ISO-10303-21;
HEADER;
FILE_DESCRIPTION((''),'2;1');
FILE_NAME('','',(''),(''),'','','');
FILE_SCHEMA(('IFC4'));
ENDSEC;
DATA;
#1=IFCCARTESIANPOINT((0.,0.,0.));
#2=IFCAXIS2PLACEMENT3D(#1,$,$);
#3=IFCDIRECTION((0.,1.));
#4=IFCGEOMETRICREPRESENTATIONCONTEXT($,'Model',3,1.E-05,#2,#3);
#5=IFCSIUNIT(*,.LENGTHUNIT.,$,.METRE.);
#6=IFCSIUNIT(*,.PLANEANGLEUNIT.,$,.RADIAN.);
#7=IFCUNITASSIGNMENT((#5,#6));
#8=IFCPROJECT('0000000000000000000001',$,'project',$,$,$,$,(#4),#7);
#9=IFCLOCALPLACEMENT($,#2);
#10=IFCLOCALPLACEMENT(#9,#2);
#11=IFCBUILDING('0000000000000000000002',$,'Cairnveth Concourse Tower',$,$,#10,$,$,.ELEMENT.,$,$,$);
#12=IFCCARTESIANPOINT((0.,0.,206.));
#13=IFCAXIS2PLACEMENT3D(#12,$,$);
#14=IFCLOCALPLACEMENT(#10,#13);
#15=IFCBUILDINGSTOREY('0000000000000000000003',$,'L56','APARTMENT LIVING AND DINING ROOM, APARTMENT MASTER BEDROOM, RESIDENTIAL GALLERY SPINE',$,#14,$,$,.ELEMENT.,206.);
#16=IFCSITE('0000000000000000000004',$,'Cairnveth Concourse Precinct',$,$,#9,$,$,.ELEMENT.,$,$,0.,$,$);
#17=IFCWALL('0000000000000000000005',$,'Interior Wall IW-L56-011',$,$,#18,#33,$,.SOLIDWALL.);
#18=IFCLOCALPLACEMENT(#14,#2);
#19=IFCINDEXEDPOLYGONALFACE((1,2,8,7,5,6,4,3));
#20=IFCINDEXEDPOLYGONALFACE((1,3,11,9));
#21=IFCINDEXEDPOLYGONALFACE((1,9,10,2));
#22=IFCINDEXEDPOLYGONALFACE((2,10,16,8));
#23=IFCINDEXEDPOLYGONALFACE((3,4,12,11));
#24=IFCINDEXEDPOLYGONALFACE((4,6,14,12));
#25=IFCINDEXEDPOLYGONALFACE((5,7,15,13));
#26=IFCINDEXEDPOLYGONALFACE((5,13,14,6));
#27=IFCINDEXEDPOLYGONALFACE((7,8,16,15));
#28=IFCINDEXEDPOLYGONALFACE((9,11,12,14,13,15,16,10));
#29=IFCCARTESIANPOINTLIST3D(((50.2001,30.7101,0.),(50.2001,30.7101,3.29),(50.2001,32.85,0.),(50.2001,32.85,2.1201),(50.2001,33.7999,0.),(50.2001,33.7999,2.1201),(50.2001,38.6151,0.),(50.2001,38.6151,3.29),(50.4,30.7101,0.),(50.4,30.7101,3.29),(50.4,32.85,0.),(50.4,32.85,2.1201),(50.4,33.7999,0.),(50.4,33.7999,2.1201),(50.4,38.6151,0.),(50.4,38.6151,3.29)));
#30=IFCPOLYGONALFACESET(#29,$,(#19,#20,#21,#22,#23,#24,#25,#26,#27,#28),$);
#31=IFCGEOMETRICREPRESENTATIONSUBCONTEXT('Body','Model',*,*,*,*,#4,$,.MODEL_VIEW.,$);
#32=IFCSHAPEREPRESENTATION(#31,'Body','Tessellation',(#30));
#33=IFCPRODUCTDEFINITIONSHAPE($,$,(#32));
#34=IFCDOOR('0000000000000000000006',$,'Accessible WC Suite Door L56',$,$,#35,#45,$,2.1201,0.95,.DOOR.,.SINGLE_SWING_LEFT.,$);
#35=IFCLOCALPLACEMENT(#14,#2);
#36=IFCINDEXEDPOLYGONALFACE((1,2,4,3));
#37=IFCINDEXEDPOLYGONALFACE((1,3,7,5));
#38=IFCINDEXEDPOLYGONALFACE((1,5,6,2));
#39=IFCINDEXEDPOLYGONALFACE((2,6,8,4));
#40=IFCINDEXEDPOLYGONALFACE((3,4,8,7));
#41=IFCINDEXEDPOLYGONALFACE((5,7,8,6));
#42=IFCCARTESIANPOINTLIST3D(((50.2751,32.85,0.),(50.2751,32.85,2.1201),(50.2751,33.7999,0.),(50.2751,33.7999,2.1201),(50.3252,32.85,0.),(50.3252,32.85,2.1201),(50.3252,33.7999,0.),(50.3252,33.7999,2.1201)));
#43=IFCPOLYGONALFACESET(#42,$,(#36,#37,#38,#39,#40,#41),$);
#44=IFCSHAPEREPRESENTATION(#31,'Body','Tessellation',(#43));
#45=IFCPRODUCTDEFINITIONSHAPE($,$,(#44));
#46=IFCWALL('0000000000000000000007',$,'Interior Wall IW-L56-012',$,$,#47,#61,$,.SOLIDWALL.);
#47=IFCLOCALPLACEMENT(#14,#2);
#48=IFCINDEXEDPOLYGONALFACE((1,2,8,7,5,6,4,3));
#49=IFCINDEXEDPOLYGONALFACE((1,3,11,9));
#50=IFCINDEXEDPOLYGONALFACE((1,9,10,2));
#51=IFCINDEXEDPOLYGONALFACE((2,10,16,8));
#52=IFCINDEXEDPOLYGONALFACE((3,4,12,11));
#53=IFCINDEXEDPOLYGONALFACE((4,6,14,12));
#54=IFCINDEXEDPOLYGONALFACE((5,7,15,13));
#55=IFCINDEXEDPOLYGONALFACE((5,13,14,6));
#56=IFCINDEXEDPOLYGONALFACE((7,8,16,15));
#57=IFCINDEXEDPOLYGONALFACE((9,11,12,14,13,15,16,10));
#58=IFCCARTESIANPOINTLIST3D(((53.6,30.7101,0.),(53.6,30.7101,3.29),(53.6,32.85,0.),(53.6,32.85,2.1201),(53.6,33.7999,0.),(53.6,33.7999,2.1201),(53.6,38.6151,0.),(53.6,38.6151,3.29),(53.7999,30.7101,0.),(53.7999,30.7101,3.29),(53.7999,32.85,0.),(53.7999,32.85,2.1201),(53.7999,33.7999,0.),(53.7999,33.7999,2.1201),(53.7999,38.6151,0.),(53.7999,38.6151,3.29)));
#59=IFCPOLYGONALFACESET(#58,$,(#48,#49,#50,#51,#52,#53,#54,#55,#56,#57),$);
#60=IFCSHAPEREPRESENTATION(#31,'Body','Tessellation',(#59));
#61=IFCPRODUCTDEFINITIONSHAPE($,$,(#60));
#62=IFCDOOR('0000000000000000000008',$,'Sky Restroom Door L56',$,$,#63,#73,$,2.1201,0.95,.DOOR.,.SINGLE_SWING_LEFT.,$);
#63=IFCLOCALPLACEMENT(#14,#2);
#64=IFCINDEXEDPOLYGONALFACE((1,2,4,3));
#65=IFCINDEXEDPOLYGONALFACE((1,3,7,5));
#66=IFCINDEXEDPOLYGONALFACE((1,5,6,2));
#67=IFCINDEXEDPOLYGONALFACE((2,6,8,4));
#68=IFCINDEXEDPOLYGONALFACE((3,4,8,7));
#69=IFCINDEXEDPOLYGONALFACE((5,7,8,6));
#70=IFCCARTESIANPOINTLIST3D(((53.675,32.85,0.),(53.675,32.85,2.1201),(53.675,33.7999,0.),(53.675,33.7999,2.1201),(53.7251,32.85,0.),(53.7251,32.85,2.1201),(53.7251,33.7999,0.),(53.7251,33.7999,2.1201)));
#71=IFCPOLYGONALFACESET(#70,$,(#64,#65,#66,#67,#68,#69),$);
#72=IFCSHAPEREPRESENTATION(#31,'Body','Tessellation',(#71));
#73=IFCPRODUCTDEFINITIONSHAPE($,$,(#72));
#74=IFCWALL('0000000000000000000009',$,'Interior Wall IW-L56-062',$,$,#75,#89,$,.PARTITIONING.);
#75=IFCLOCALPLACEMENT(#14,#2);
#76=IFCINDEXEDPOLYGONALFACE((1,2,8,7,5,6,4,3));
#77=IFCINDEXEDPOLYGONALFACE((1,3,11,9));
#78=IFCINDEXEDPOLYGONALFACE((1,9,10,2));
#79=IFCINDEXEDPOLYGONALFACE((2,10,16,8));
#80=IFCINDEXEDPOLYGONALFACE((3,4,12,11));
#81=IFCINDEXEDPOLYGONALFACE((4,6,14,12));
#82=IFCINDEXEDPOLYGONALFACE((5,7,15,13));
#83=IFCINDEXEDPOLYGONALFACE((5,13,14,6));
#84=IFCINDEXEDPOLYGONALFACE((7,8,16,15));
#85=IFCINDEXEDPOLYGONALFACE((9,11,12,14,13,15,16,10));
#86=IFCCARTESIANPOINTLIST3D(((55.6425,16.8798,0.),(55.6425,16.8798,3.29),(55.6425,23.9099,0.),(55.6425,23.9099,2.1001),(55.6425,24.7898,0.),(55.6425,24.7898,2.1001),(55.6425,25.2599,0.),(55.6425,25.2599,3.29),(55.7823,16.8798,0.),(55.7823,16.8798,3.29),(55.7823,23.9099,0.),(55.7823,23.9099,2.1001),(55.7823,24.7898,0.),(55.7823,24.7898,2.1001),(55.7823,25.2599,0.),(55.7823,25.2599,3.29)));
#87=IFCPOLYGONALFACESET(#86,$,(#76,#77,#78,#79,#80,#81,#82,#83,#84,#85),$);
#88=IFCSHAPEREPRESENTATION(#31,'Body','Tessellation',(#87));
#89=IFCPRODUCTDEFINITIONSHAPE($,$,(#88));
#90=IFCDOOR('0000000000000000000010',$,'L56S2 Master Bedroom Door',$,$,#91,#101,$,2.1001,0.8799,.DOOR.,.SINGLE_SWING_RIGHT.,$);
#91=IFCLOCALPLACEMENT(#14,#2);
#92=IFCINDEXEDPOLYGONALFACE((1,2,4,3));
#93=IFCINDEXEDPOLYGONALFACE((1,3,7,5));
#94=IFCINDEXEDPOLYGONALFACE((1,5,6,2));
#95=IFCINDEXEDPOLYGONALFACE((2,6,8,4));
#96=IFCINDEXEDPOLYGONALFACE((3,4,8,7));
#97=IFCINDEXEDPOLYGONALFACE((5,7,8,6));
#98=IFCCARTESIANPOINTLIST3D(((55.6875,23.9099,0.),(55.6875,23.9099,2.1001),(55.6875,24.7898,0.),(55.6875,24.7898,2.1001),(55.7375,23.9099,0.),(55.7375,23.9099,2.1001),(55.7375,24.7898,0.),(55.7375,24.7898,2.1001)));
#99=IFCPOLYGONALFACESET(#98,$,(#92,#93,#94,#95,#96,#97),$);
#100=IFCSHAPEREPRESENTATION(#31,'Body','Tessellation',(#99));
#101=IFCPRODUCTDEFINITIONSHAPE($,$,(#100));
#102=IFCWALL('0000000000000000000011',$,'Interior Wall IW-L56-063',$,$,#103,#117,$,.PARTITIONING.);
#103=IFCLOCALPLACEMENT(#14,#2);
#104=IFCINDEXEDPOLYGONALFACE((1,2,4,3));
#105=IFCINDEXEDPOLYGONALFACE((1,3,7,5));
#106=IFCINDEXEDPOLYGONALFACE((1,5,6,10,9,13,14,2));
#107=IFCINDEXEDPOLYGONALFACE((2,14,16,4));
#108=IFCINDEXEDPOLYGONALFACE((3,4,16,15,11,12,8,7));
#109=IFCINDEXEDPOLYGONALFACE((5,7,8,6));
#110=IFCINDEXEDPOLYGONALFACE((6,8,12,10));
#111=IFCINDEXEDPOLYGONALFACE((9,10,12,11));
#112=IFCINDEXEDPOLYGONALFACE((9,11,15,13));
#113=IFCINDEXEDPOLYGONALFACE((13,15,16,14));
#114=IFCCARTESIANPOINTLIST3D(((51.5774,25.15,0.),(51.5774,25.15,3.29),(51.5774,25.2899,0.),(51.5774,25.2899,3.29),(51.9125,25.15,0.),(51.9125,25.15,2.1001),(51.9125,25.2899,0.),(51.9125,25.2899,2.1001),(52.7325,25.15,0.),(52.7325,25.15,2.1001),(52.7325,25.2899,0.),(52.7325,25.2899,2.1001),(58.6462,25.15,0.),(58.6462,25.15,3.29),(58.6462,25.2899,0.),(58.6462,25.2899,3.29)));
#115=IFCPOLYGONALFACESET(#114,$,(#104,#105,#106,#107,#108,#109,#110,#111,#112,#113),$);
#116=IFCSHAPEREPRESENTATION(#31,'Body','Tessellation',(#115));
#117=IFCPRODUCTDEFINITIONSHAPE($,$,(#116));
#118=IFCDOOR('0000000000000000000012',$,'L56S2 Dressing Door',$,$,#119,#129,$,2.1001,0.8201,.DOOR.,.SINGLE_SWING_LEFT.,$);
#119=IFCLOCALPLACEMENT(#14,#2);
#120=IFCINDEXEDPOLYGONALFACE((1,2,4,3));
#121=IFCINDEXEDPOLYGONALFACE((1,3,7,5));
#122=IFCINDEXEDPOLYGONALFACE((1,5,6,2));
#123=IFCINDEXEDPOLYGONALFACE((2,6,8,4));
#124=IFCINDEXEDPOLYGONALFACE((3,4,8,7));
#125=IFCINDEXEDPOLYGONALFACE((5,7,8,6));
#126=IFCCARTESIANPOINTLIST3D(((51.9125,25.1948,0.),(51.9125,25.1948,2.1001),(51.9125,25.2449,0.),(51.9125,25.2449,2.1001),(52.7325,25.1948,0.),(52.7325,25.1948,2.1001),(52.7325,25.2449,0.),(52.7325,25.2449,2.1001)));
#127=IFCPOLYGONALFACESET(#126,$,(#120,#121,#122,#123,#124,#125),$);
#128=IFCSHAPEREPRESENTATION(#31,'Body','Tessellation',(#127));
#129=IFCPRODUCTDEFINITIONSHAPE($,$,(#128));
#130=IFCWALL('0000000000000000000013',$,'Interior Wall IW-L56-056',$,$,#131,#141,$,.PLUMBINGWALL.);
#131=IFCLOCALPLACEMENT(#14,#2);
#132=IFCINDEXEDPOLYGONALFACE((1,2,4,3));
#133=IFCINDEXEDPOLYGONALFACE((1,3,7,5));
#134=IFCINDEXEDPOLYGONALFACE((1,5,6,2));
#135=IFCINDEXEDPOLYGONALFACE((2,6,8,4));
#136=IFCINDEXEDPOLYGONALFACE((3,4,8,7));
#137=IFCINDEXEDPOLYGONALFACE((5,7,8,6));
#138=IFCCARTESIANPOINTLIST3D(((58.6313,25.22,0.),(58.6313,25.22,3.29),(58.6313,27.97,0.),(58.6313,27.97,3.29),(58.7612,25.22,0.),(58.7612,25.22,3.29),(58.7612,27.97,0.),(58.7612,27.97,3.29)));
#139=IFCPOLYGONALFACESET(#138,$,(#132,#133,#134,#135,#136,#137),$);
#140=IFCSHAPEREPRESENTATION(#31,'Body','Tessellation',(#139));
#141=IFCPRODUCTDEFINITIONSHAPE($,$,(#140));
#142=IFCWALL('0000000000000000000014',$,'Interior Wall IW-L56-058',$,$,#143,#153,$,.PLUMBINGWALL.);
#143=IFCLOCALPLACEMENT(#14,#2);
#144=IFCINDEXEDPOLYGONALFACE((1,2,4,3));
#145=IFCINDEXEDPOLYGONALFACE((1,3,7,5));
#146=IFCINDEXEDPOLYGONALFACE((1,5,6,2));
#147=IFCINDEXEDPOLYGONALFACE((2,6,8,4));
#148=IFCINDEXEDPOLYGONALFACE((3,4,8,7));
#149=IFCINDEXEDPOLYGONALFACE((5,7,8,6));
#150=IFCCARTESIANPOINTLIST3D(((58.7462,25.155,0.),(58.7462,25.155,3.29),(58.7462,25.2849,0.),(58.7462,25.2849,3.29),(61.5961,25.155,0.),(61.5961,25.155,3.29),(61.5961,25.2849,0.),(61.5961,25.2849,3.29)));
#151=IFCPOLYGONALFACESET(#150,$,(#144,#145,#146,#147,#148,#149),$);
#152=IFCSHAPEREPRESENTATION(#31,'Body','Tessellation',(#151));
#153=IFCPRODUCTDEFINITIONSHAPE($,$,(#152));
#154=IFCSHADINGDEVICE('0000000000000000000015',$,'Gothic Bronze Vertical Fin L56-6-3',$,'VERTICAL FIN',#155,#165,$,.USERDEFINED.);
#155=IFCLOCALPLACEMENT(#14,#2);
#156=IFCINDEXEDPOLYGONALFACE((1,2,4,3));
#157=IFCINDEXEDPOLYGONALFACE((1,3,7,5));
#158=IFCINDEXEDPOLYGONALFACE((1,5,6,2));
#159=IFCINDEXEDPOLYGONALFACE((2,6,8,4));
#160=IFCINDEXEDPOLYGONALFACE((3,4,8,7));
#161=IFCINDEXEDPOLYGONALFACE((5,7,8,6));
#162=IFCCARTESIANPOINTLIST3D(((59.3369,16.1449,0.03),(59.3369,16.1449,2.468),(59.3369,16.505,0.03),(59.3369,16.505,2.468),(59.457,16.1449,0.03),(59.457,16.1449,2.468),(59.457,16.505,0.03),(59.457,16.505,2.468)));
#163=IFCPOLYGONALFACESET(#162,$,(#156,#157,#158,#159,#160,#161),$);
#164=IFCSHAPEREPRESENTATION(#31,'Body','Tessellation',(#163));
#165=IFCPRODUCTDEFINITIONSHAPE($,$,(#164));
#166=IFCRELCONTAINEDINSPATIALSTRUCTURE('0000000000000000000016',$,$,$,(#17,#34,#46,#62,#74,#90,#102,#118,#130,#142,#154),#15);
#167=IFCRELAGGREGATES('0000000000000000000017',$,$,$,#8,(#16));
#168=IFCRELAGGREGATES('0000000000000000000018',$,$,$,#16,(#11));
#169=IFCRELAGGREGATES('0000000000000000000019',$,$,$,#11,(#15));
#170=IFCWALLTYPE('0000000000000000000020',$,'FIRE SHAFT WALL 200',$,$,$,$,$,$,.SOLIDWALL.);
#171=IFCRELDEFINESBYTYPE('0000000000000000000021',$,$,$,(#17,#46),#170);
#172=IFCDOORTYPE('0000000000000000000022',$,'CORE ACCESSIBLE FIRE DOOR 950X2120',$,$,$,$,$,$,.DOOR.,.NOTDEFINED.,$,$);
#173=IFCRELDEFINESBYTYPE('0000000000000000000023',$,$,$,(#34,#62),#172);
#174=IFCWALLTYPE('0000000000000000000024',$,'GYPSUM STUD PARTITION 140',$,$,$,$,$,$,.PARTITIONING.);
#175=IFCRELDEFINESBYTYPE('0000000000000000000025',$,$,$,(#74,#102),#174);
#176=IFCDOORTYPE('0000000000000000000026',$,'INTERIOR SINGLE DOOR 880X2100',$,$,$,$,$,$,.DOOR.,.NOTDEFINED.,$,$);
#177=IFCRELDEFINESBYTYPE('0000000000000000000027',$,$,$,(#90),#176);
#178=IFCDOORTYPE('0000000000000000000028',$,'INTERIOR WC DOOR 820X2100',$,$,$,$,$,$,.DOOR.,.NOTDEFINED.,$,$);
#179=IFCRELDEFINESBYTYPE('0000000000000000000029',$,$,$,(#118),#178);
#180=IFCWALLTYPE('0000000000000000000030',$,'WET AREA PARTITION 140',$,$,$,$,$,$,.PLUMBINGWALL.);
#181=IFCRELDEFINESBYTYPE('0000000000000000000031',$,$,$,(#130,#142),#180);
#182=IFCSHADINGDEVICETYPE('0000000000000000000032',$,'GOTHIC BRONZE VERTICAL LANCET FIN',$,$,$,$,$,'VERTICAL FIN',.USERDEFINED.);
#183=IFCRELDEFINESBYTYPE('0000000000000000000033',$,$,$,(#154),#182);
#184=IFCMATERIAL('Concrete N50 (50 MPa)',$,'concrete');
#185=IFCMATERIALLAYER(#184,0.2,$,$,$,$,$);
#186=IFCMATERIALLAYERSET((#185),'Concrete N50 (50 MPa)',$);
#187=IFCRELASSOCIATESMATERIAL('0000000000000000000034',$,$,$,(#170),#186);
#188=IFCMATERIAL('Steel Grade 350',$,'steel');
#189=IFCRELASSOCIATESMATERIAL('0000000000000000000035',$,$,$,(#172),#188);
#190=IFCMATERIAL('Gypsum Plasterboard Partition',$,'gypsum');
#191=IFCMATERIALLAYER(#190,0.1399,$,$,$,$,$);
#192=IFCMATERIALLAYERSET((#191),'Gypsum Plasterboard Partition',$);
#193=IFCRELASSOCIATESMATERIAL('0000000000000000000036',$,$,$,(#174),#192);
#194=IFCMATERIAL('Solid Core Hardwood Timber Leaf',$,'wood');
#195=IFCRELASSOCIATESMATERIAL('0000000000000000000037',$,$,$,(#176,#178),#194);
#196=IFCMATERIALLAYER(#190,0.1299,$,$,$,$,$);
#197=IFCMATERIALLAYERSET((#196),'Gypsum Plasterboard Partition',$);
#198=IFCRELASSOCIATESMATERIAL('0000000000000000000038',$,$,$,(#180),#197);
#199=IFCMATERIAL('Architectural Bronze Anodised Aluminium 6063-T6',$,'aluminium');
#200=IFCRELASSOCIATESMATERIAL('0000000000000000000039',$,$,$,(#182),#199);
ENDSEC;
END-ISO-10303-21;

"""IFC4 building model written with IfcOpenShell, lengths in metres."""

from ifc_helpers import new_model, si_unit, direction, frame, frame_2d, origin, origin_2d, place, context, subcontext, project, spatial, rectangle, extrude, material, layer, layer_set, type_object, element, fill, save


model = new_model("IFC4")

# Units and contexts
model_context = context("Model", 3, precision=1e-05, world=origin(), true_north=direction((0.0, 1.0)))
body_context = subcontext(model_context, "Body", "Model", "MODEL_VIEW")
ifc_project = project(units=[si_unit("LENGTHUNIT", "METRE"), si_unit("PLANEANGLEUNIT", "RADIAN")], contexts=[model_context])

# Site, building, storey
site_placement = place(None, origin())
site = spatial("IfcSite", under=ifc_project, at=site_placement, Name="Cairnveth Concourse Precinct", CompositionType="ELEMENT", RefElevation=0.0)
building_placement = place(site_placement, origin())
building = spatial("IfcBuilding", under=site, at=building_placement, Name="Cairnveth Concourse Tower", CompositionType="ELEMENT")
storey_placement = place(building_placement, frame((0.0, 0.0, 206.0)))
storey = spatial("IfcBuildingStorey", under=building, at=storey_placement, Name="L56", Description="APARTMENT LIVING AND DINING ROOM, APARTMENT MASTER BEDROOM, RESIDENTIAL GALLERY SPINE", CompositionType="ELEMENT", Elevation=206.0)

# Shared definitions
ifc_material_1 = material(Name="Steel Grade 350", Category="steel")

# Shared definitions
ifc_material_2 = material(Name="Gypsum Plasterboard Partition", Category="gypsum")

# Walls, openings, doors
ifc_material_3 = material(Name="Concrete N50 (50 MPa)", Category="concrete")
ifc_layer_1 = layer(ifc_material_3, 0.2)
ifc_layer_set_1 = layer_set([ifc_layer_1], Name="Concrete N50 (50 MPa)")
wall_type_1 = type_object("IfcWallType", Name="FIRE SHAFT WALL 200", PredefinedType="SOLIDWALL", material=ifc_layer_set_1)
wall_1_placement = place(storey_placement, frame((50.3, 30.71, 0.0), z_axis=(0.0, 0.0, 1.0), x_axis=(0.0, 1.0, 0.0)))
wall_1 = element("IfcWall", 1, at=wall_1_placement, inside=storey, type_object=wall_type_1, Name="Interior Wall IW-L56-011", PredefinedType="SOLIDWALL", context=body_context, shape_type="SweptSolid", body=[
    extrude(rectangle(XDim=7.905, YDim=0.2, at=frame_2d((3.9526, 0.0))), origin(), (0.0, 0.0, 1.0), 3.29),
])
opening_1_placement = place(wall_1_placement, frame((2.1399, 0.0, 0.0)))
opening_1 = element("IfcOpeningElement", 2, at=opening_1_placement, cuts=wall_1, PredefinedType="OPENING", context=body_context, shape_type="SweptSolid", body=[
    extrude(rectangle(XDim=0.95, YDim=2.1201, at=frame_2d((0.4751, 1.0601))), frame((0.0, 0.1099, 0.0), z_axis=(0.0, -1.0, 0.0), x_axis=(1.0, 0.0, 0.0)), (0.0, 0.0, 1.0), 0.22),
])
door_type_1 = type_object("IfcDoorType", Name="CORE ACCESSIBLE FIRE DOOR 950X2120", OperationType="NOTDEFINED", PredefinedType="DOOR", material=ifc_material_1)
door_1_placement = place(opening_1_placement, origin())
door_1 = element("IfcDoor", 3, at=door_1_placement, inside=storey, type_object=door_type_1, Name="Accessible WC Suite Door L56", OperationType="SINGLE_SWING_LEFT", OverallHeight=2.1201, OverallWidth=0.95, PredefinedType="DOOR", context=body_context, shape_type="SweptSolid", body=[
    extrude(rectangle(XDim=0.95, YDim=2.1201, at=frame_2d((0.4751, 1.0601))), frame((0.0, 0.0249, 0.0), z_axis=(0.0, -1.0, 0.0), x_axis=(1.0, 0.0, 0.0)), (0.0, 0.0, 1.0), 0.05),
])
fill(opening_1, door_1)
wall_2_placement = place(storey_placement, frame((53.7, 30.71, 0.0), z_axis=(0.0, 0.0, 1.0), x_axis=(0.0, 1.0, 0.0)))
wall_2 = element("IfcWall", 4, at=wall_2_placement, inside=storey, type_object=wall_type_1, Name="Interior Wall IW-L56-012", PredefinedType="SOLIDWALL", context=body_context, shape_type="SweptSolid", body=[
    extrude(rectangle(XDim=7.905, YDim=0.2, at=frame_2d((3.9526, 0.0))), origin(), (0.0, 0.0, 1.0), 3.29),
])
opening_2_placement = place(wall_2_placement, frame((2.1399, 0.0, 0.0)))
opening_2 = element("IfcOpeningElement", 5, at=opening_2_placement, cuts=wall_2, PredefinedType="OPENING", context=body_context, shape_type="SweptSolid", body=[
    extrude(rectangle(XDim=0.95, YDim=2.1201, at=frame_2d((0.4751, 1.0601))), frame((0.0, 0.1099, 0.0), z_axis=(0.0, -1.0, 0.0), x_axis=(1.0, 0.0, 0.0)), (0.0, 0.0, 1.0), 0.22),
])
door_2_placement = place(opening_2_placement, origin())
door_2 = element("IfcDoor", 6, at=door_2_placement, inside=storey, type_object=door_type_1, Name="Sky Restroom Door L56", OperationType="SINGLE_SWING_LEFT", OverallHeight=2.1201, OverallWidth=0.95, PredefinedType="DOOR", context=body_context, shape_type="SweptSolid", body=[
    extrude(rectangle(XDim=0.95, YDim=2.1201, at=frame_2d((0.4751, 1.0601))), frame((0.0, 0.0249, 0.0), z_axis=(0.0, -1.0, 0.0), x_axis=(1.0, 0.0, 0.0)), (0.0, 0.0, 1.0), 0.05),
])
fill(opening_2, door_2)
ifc_layer_2 = layer(ifc_material_2, 0.1399)
ifc_layer_set_2 = layer_set([ifc_layer_2], Name="Gypsum Plasterboard Partition")
wall_type_2 = type_object("IfcWallType", Name="GYPSUM STUD PARTITION 140", PredefinedType="PARTITIONING", material=ifc_layer_set_2)
wall_3_placement = place(storey_placement, frame((55.7124, 16.8799, 0.0), z_axis=(0.0, 0.0, 1.0), x_axis=(0.0, 1.0, 0.0)))
wall_3 = element("IfcWall", 7, at=wall_3_placement, inside=storey, type_object=wall_type_2, Name="Interior Wall IW-L56-062", PredefinedType="PARTITIONING", context=body_context, shape_type="SweptSolid", body=[
    extrude(rectangle(XDim=8.3801, YDim=0.1399, at=frame_2d((4.1899, 0.0))), origin(), (0.0, 0.0, 1.0), 3.29),
])
opening_3_placement = place(wall_3_placement, frame((7.03, 0.0, 0.0)))
opening_3 = element("IfcOpeningElement", 8, at=opening_3_placement, cuts=wall_3, PredefinedType="OPENING", context=body_context, shape_type="SweptSolid", body=[
    extrude(rectangle(XDim=0.8799, YDim=2.1001, at=frame_2d((0.4399, 1.05))), frame((0.0, 0.0798, 0.0), z_axis=(0.0, -1.0, 0.0), x_axis=(1.0, 0.0, 0.0)), (0.0, 0.0, 1.0), 0.1599),
])
ifc_material_4 = material(Name="Solid Core Hardwood Timber Leaf", Category="wood")
door_type_2 = type_object("IfcDoorType", Name="INTERIOR SINGLE DOOR 880X2100", OperationType="NOTDEFINED", PredefinedType="DOOR", material=ifc_material_4)
door_3_placement = place(opening_3_placement, origin())
door_3 = element("IfcDoor", 9, at=door_3_placement, inside=storey, type_object=door_type_2, Name="L56S2 Master Bedroom Door", OperationType="SINGLE_SWING_RIGHT", OverallHeight=2.1001, OverallWidth=0.8799, PredefinedType="DOOR", context=body_context, shape_type="SweptSolid", body=[
    extrude(rectangle(XDim=0.8799, YDim=2.1001, at=frame_2d((0.4399, 1.05))), frame((0.0, 0.0249, 0.0), z_axis=(0.0, -1.0, 0.0), x_axis=(1.0, 0.0, 0.0)), (0.0, 0.0, 1.0), 0.05),
])
fill(opening_3, door_3)
wall_4_placement = place(storey_placement, frame((51.5774, 25.22, 0.0), z_axis=(0.0, 0.0, 1.0), x_axis=(1.0, 0.0, 0.0)))
wall_4 = element("IfcWall", 10, at=wall_4_placement, inside=storey, type_object=wall_type_2, Name="Interior Wall IW-L56-063", PredefinedType="PARTITIONING", context=body_context, shape_type="SweptSolid", body=[
    extrude(rectangle(XDim=7.0688, YDim=0.1399, at=frame_2d((3.5344, 0.0))), origin(), (0.0, 0.0, 1.0), 3.29),
])
opening_4_placement = place(wall_4_placement, frame((0.335, 0.0, 0.0)))
opening_4 = element("IfcOpeningElement", 11, at=opening_4_placement, cuts=wall_4, PredefinedType="OPENING", context=body_context, shape_type="SweptSolid", body=[
    extrude(rectangle(XDim=0.8201, YDim=2.1001, at=frame_2d((0.4102, 1.05))), frame((0.0, 0.0798, 0.0), z_axis=(0.0, -1.0, 0.0), x_axis=(1.0, 0.0, 0.0)), (0.0, 0.0, 1.0), 0.1599),
])
door_type_3 = type_object("IfcDoorType", Name="INTERIOR WC DOOR 820X2100", OperationType="NOTDEFINED", PredefinedType="DOOR", material=ifc_material_4)
door_4_placement = place(opening_4_placement, origin())
door_4 = element("IfcDoor", 12, at=door_4_placement, inside=storey, type_object=door_type_3, Name="L56S2 Dressing Door", OperationType="SINGLE_SWING_LEFT", OverallHeight=2.1001, OverallWidth=0.8201, PredefinedType="DOOR", context=body_context, shape_type="SweptSolid", body=[
    extrude(rectangle(XDim=0.8201, YDim=2.1001, at=frame_2d((0.4102, 1.05))), frame((0.0, 0.0249, 0.0), z_axis=(0.0, -1.0, 0.0), x_axis=(1.0, 0.0, 0.0)), (0.0, 0.0, 1.0), 0.05),
])
fill(opening_4, door_4)

# Walls
ifc_layer_3 = layer(ifc_material_2, 0.1299)
ifc_layer_set_3 = layer_set([ifc_layer_3], Name="Gypsum Plasterboard Partition")
wall_type_3 = type_object("IfcWallType", Name="WET AREA PARTITION 140", PredefinedType="PLUMBINGWALL", material=ifc_layer_set_3)
wall_5_placement = place(storey_placement, frame((58.6963, 25.22, 0.0), z_axis=(0.0, 0.0, 1.0), x_axis=(0.0, 1.0, 0.0)))
element("IfcWall", 13, at=wall_5_placement, inside=storey, type_object=wall_type_3, Name="Interior Wall IW-L56-056", PredefinedType="PLUMBINGWALL", context=body_context, shape_type="SweptSolid", body=[
    extrude(rectangle(XDim=2.75, YDim=0.1299, at=frame_2d((1.375, 0.0))), origin(), (0.0, 0.0, 1.0), 3.29),
])
wall_6_placement = place(storey_placement, frame((58.7463, 25.22, 0.0), z_axis=(0.0, 0.0, 1.0), x_axis=(1.0, 0.0, 0.0)))
element("IfcWall", 14, at=wall_6_placement, inside=storey, type_object=wall_type_3, Name="Interior Wall IW-L56-058", PredefinedType="PLUMBINGWALL", context=body_context, shape_type="SweptSolid", body=[
    extrude(rectangle(XDim=2.8499, YDim=0.1299, at=frame_2d((1.4248, 0.0))), origin(), (0.0, 0.0, 1.0), 3.29),
])

# Shading device
ifc_material_5 = material(Name="Architectural Bronze Anodised Aluminium 6063-T6", Category="aluminium")
shading_device_type = type_object("IfcShadingDeviceType", Name="GOTHIC BRONZE VERTICAL LANCET FIN", ElementType="VERTICAL FIN", PredefinedType="USERDEFINED", material=ifc_material_5)
for number, where, z_axis, x_axis, name in (
    (15, (59.397, 16.325, 0.03), (0.0, 0.0, 1.0), (1.0, 0.0, 0.0), "Gothic Bronze Vertical Fin L56-6-3"),
):
    element("IfcShadingDevice", number, at=place(storey_placement, frame(where, z_axis=z_axis, x_axis=x_axis)), inside=storey, type_object=shading_device_type, Name=name, ObjectType="VERTICAL FIN", PredefinedType="USERDEFINED", context=body_context, shape_type="SweptSolid", body=[
        extrude(rectangle(XDim=0.1201, YDim=0.3601, at=origin_2d()), origin(), (0.0, 0.0, 1.0), 2.438),
    ])

save(model, "model.ifc")
